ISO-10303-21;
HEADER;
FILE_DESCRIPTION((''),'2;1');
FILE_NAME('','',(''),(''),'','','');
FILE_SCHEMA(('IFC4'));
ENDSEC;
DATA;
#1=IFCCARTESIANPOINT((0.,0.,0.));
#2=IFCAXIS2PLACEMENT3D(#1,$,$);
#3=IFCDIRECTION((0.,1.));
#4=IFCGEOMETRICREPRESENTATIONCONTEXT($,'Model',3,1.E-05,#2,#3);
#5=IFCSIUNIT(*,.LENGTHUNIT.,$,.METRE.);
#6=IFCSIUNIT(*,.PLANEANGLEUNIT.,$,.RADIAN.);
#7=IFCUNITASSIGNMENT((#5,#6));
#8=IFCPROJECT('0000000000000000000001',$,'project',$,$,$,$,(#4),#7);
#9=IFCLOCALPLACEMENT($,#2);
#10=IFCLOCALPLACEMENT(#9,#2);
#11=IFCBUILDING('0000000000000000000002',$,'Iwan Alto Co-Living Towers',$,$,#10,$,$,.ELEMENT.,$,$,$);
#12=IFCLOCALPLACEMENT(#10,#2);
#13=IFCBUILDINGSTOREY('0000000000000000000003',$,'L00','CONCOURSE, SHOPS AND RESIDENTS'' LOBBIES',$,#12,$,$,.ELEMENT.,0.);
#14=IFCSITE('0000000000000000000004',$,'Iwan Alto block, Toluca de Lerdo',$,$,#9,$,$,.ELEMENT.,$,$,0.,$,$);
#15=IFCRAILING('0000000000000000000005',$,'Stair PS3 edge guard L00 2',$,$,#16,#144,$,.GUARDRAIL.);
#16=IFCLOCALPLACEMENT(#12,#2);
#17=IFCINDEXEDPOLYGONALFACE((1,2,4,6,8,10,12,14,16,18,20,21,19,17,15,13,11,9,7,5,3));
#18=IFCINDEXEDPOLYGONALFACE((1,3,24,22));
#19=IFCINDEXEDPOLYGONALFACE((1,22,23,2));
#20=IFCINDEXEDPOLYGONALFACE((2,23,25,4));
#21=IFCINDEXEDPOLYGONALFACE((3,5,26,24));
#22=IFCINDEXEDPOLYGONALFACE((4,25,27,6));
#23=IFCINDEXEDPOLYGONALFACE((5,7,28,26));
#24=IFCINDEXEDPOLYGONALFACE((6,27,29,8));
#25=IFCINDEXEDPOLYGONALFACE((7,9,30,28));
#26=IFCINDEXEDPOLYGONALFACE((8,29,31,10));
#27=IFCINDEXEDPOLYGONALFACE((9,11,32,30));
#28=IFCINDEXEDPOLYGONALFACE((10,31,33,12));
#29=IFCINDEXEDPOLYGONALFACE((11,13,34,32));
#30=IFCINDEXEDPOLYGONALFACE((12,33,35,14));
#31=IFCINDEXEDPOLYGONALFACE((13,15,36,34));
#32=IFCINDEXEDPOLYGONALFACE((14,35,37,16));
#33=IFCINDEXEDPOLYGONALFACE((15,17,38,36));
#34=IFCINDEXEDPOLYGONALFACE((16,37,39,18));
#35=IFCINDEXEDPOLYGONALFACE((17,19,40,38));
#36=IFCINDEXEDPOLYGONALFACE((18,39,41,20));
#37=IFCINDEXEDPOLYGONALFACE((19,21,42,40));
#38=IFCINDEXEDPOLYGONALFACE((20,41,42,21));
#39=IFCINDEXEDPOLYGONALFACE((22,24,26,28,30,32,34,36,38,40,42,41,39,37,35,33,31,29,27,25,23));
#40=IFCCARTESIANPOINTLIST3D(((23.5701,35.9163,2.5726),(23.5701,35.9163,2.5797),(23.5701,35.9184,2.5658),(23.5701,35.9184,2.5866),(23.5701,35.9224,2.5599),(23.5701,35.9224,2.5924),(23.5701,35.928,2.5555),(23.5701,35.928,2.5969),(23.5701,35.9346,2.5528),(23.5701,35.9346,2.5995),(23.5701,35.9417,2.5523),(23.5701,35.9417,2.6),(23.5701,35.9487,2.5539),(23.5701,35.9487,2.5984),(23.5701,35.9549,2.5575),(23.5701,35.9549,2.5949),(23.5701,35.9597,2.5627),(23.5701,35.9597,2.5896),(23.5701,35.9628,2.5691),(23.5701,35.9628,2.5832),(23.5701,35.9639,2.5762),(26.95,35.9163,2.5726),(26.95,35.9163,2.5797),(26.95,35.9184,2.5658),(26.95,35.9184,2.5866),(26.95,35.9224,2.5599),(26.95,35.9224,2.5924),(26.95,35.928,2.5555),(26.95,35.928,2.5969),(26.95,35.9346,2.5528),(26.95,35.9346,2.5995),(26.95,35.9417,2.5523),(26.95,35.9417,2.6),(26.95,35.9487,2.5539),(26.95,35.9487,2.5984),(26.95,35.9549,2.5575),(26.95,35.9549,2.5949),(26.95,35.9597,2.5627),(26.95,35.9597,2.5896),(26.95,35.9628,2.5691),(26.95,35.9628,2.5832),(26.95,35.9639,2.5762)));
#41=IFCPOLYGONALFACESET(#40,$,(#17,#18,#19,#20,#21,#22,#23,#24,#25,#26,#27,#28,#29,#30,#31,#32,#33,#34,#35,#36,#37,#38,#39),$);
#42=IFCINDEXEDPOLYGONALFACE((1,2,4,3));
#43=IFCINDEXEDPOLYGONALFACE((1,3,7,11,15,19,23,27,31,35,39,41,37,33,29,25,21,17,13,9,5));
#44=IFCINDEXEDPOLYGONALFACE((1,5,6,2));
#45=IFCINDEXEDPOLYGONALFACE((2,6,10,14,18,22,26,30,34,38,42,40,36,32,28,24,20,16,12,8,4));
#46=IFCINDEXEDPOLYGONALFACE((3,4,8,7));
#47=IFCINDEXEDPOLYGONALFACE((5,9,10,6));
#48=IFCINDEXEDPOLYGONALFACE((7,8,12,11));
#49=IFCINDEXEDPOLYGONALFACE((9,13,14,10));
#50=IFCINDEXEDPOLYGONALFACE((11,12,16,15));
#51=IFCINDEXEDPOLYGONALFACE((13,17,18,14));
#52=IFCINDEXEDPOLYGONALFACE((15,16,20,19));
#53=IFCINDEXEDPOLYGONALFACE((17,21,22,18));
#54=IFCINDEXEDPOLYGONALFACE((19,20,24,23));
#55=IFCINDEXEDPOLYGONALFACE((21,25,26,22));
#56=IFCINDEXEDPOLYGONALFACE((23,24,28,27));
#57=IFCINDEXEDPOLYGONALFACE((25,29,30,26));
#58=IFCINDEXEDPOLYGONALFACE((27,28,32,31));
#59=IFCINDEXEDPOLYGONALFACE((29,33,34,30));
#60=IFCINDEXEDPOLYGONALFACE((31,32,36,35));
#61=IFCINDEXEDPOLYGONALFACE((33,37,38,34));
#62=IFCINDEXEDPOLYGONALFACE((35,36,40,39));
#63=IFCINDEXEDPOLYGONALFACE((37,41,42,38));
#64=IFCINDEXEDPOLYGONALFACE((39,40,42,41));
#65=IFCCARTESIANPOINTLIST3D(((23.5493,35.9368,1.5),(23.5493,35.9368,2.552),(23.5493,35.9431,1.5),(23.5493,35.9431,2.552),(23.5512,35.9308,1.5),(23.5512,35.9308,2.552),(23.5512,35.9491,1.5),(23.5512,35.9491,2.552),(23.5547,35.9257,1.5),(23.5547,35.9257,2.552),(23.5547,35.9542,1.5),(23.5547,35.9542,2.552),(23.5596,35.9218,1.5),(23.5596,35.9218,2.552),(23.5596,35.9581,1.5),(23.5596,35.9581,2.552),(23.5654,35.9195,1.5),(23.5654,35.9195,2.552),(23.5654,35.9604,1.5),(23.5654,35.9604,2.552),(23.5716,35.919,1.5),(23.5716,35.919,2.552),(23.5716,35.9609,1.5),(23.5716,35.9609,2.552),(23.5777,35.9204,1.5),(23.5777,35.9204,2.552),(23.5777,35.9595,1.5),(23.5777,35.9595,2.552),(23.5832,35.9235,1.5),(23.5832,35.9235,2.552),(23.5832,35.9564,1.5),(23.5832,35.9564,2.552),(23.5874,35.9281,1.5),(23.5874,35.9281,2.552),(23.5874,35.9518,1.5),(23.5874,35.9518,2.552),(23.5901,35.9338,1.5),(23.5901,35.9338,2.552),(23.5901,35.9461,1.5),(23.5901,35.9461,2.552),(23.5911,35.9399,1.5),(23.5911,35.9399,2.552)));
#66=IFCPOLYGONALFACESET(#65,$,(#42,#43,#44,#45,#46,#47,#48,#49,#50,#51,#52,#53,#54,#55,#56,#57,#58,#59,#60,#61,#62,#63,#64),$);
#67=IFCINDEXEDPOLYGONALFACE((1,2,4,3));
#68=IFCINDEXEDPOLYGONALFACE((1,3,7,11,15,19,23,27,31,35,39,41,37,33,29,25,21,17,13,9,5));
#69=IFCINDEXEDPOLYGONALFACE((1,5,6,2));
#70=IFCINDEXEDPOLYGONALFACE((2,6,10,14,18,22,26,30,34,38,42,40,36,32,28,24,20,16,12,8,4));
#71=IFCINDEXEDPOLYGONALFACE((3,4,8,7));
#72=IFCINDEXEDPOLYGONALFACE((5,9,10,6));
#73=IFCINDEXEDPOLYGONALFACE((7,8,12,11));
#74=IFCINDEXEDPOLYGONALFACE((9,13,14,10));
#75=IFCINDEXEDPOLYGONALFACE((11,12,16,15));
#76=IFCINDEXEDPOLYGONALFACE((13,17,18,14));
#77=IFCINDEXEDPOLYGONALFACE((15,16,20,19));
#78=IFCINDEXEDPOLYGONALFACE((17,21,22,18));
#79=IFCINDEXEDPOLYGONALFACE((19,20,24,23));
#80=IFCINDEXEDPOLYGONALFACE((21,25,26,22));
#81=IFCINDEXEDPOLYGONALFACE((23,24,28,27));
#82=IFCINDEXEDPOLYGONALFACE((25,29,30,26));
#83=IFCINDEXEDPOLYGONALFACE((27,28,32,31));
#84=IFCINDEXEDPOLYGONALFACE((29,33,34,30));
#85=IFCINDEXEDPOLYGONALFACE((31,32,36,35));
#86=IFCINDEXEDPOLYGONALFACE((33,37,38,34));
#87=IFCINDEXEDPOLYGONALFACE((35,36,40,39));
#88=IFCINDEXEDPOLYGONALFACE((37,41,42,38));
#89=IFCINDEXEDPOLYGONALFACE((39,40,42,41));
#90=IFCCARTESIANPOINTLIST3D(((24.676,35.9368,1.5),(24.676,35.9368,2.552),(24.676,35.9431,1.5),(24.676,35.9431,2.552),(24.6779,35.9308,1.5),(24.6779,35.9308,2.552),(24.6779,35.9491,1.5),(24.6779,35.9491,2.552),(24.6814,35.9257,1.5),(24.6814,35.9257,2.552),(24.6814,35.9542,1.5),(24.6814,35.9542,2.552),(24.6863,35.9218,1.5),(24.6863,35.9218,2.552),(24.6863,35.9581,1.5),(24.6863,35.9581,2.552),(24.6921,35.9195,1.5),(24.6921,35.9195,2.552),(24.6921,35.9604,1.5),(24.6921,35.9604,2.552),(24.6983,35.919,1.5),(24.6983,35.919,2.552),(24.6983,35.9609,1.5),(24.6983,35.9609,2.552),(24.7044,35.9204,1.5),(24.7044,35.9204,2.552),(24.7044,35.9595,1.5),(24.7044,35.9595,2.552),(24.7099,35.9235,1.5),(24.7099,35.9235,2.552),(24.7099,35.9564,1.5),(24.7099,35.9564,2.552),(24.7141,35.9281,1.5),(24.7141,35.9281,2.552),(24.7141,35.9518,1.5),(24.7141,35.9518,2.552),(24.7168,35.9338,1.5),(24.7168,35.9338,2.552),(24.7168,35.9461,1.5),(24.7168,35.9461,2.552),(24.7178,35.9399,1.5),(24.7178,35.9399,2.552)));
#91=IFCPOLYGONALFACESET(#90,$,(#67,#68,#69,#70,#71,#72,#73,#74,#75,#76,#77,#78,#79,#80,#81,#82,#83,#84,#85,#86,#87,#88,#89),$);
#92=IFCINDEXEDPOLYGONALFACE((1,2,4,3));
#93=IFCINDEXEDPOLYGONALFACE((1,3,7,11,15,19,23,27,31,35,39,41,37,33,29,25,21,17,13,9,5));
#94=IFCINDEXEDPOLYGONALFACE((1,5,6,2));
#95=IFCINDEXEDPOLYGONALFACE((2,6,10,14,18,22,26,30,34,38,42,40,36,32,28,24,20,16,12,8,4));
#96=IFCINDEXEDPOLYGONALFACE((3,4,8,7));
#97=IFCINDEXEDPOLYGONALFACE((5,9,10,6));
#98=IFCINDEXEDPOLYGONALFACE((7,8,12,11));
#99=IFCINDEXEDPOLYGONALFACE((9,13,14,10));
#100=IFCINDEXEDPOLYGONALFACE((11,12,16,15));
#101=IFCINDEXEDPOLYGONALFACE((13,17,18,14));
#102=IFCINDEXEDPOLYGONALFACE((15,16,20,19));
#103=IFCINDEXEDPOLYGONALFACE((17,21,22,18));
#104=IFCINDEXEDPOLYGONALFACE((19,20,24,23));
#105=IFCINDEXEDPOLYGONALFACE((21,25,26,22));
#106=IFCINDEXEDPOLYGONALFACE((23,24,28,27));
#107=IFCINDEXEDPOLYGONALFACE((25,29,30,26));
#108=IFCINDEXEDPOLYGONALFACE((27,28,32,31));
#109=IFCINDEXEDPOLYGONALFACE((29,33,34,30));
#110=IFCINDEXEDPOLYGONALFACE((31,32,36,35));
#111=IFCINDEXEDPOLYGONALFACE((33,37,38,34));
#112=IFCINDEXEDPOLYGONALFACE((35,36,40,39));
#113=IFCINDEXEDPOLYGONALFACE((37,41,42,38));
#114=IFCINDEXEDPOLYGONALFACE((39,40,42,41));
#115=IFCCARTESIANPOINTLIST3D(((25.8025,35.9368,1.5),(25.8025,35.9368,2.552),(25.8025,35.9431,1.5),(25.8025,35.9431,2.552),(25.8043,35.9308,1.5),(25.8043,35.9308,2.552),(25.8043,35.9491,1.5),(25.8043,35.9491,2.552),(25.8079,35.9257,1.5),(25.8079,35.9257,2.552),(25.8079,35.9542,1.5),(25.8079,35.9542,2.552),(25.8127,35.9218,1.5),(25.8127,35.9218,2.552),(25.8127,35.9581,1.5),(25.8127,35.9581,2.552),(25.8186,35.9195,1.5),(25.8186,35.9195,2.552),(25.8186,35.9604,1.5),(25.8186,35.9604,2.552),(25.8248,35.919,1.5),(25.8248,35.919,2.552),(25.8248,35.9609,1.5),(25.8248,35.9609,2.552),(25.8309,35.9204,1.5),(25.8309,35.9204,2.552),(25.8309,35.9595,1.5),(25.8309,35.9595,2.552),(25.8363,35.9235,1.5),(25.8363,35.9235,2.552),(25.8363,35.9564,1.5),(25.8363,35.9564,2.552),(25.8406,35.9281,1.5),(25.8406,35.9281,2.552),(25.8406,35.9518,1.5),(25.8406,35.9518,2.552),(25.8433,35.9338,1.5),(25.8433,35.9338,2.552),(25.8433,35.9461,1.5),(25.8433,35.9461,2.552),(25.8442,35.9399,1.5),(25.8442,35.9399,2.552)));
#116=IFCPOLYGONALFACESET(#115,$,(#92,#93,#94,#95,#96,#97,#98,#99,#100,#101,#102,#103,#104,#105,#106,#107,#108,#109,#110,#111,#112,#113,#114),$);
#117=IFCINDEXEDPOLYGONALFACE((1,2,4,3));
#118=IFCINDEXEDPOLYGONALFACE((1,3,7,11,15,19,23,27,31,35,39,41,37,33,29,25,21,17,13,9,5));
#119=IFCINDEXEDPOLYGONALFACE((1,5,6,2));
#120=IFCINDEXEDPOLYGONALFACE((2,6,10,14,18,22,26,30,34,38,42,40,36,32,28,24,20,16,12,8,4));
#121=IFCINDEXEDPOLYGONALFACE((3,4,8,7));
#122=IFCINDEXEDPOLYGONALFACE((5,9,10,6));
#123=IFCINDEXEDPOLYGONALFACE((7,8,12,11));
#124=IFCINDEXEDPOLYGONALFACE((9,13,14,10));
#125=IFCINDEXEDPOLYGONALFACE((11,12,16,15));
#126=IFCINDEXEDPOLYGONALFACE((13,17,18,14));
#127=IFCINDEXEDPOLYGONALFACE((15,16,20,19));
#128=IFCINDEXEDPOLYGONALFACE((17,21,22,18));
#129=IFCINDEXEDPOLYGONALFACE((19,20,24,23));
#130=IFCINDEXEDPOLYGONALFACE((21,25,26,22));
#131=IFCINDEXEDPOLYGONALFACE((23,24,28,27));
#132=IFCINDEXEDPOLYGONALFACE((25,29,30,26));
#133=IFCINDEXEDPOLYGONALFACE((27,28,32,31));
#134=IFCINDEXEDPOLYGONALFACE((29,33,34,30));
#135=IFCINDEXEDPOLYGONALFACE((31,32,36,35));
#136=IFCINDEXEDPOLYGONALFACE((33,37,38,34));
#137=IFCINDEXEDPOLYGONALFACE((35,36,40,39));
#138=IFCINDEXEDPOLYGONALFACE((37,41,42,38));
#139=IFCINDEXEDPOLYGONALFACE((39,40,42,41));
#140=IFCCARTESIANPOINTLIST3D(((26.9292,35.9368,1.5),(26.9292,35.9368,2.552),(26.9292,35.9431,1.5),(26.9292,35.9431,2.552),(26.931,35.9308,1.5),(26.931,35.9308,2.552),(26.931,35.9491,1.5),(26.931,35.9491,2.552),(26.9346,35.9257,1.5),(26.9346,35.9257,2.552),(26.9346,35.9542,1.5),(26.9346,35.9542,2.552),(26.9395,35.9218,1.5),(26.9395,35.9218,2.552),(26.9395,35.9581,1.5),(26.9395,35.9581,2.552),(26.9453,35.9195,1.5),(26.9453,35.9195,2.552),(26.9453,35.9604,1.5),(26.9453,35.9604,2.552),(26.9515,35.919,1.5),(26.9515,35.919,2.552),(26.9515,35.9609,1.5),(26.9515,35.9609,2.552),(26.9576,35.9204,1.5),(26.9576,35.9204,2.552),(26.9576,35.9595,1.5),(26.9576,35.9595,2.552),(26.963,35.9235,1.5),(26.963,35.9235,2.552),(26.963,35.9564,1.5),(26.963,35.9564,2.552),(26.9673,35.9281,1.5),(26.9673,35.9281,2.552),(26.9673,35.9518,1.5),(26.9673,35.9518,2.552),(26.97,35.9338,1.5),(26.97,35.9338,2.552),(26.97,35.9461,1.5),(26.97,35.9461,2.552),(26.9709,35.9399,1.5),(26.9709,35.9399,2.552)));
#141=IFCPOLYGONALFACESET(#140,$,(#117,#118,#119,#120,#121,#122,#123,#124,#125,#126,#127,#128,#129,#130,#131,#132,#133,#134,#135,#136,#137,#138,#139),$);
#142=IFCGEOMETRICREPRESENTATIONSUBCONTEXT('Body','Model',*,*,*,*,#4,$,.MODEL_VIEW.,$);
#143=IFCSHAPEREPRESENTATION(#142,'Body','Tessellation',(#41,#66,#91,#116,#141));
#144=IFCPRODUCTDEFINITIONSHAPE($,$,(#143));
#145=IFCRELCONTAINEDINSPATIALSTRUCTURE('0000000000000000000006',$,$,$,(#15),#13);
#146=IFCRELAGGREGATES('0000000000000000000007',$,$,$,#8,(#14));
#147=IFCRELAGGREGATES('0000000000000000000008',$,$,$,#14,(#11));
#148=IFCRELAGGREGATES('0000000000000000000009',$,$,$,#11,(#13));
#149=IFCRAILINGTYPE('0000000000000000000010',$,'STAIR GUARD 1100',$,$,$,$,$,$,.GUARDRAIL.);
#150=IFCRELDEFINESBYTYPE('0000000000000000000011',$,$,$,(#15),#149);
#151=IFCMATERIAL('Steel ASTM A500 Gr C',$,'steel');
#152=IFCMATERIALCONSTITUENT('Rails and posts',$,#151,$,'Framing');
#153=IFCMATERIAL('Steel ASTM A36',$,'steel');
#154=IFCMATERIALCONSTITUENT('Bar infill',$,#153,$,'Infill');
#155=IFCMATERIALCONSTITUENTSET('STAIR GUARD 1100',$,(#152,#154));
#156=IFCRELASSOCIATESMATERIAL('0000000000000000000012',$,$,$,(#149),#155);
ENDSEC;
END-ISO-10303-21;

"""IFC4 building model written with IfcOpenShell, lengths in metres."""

from ifc_helpers import new_model, si_unit, direction, frame, origin, origin_2d, place, context, subcontext, project, spatial, circle, extrude, material, constituent, constituent_set, type_object, element, save


model = new_model("IFC4")

# Units and contexts
model_context = context("Model", 3, precision=1e-05, world=origin(), true_north=direction((0.0, 1.0)))
body_context = subcontext(model_context, "Body", "Model", "MODEL_VIEW")
ifc_project = project(units=[si_unit("LENGTHUNIT", "METRE"), si_unit("PLANEANGLEUNIT", "RADIAN")], contexts=[model_context])

# Site, building, storey
site_placement = place(None, origin())
site = spatial("IfcSite", under=ifc_project, at=site_placement, Name="Iwan Alto block, Toluca de Lerdo", CompositionType="ELEMENT", RefElevation=0.0)
building_placement = place(site_placement, origin())
building = spatial("IfcBuilding", under=site, at=building_placement, Name="Iwan Alto Co-Living Towers", CompositionType="ELEMENT")
storey_placement = place(building_placement, origin())
storey = spatial("IfcBuildingStorey", under=building, at=storey_placement, Name="L00", Description="CONCOURSE, SHOPS AND RESIDENTS' LOBBIES", CompositionType="ELEMENT", Elevation=0.0)

# Shared definitions
ifc_material_1 = material(Name="Steel ASTM A36", Category="steel")

# Railing
ifc_material_2 = material(Name="Steel ASTM A500 Gr C", Category="steel")
ifc_constituent_1 = constituent(ifc_material_2, Name="Rails and posts", Category="Framing")
ifc_constituent_2 = constituent(ifc_material_1, Name="Bar infill", Category="Infill")
ifc_constituent_set_1 = constituent_set(constituents=[ifc_constituent_1, ifc_constituent_2], Name="STAIR GUARD 1100")
railing_type_1 = type_object("IfcRailingType", Name="STAIR GUARD 1100", PredefinedType="GUARDRAIL", material=ifc_constituent_set_1)
railing_1_placement = place(storey_placement, frame((23.5701, 35.9399, 1.5)))
element("IfcRailing", 1, at=railing_1_placement, inside=storey, type_object=railing_type_1, Name="Stair PS3 edge guard L00 2", PredefinedType="GUARDRAIL", context=body_context, shape_type="SweptSolid", body=[
    extrude(circle(Radius=0.0239, at=origin_2d()), frame((0.0, 0.0, 1.0762), z_axis=(1.0, 0.0, 0.0), x_axis=(0.0, 1.0, 0.0)), (0.0, 0.0, 1.0), 3.3799),
    extrude(circle(Radius=0.021, at=origin_2d()), origin(), (0.0, 0.0, 1.0), 1.052),
    extrude(circle(Radius=0.021, at=origin_2d()), frame((1.1267, 0.0, 0.0)), (0.0, 0.0, 1.0), 1.052),
    extrude(circle(Radius=0.021, at=origin_2d()), frame((2.2532, 0.0, 0.0)), (0.0, 0.0, 1.0), 1.052),
    extrude(circle(Radius=0.021, at=origin_2d()), frame((3.3799, 0.0, 0.0)), (0.0, 0.0, 1.0), 1.052),
])

save(model, "model.ifc")
